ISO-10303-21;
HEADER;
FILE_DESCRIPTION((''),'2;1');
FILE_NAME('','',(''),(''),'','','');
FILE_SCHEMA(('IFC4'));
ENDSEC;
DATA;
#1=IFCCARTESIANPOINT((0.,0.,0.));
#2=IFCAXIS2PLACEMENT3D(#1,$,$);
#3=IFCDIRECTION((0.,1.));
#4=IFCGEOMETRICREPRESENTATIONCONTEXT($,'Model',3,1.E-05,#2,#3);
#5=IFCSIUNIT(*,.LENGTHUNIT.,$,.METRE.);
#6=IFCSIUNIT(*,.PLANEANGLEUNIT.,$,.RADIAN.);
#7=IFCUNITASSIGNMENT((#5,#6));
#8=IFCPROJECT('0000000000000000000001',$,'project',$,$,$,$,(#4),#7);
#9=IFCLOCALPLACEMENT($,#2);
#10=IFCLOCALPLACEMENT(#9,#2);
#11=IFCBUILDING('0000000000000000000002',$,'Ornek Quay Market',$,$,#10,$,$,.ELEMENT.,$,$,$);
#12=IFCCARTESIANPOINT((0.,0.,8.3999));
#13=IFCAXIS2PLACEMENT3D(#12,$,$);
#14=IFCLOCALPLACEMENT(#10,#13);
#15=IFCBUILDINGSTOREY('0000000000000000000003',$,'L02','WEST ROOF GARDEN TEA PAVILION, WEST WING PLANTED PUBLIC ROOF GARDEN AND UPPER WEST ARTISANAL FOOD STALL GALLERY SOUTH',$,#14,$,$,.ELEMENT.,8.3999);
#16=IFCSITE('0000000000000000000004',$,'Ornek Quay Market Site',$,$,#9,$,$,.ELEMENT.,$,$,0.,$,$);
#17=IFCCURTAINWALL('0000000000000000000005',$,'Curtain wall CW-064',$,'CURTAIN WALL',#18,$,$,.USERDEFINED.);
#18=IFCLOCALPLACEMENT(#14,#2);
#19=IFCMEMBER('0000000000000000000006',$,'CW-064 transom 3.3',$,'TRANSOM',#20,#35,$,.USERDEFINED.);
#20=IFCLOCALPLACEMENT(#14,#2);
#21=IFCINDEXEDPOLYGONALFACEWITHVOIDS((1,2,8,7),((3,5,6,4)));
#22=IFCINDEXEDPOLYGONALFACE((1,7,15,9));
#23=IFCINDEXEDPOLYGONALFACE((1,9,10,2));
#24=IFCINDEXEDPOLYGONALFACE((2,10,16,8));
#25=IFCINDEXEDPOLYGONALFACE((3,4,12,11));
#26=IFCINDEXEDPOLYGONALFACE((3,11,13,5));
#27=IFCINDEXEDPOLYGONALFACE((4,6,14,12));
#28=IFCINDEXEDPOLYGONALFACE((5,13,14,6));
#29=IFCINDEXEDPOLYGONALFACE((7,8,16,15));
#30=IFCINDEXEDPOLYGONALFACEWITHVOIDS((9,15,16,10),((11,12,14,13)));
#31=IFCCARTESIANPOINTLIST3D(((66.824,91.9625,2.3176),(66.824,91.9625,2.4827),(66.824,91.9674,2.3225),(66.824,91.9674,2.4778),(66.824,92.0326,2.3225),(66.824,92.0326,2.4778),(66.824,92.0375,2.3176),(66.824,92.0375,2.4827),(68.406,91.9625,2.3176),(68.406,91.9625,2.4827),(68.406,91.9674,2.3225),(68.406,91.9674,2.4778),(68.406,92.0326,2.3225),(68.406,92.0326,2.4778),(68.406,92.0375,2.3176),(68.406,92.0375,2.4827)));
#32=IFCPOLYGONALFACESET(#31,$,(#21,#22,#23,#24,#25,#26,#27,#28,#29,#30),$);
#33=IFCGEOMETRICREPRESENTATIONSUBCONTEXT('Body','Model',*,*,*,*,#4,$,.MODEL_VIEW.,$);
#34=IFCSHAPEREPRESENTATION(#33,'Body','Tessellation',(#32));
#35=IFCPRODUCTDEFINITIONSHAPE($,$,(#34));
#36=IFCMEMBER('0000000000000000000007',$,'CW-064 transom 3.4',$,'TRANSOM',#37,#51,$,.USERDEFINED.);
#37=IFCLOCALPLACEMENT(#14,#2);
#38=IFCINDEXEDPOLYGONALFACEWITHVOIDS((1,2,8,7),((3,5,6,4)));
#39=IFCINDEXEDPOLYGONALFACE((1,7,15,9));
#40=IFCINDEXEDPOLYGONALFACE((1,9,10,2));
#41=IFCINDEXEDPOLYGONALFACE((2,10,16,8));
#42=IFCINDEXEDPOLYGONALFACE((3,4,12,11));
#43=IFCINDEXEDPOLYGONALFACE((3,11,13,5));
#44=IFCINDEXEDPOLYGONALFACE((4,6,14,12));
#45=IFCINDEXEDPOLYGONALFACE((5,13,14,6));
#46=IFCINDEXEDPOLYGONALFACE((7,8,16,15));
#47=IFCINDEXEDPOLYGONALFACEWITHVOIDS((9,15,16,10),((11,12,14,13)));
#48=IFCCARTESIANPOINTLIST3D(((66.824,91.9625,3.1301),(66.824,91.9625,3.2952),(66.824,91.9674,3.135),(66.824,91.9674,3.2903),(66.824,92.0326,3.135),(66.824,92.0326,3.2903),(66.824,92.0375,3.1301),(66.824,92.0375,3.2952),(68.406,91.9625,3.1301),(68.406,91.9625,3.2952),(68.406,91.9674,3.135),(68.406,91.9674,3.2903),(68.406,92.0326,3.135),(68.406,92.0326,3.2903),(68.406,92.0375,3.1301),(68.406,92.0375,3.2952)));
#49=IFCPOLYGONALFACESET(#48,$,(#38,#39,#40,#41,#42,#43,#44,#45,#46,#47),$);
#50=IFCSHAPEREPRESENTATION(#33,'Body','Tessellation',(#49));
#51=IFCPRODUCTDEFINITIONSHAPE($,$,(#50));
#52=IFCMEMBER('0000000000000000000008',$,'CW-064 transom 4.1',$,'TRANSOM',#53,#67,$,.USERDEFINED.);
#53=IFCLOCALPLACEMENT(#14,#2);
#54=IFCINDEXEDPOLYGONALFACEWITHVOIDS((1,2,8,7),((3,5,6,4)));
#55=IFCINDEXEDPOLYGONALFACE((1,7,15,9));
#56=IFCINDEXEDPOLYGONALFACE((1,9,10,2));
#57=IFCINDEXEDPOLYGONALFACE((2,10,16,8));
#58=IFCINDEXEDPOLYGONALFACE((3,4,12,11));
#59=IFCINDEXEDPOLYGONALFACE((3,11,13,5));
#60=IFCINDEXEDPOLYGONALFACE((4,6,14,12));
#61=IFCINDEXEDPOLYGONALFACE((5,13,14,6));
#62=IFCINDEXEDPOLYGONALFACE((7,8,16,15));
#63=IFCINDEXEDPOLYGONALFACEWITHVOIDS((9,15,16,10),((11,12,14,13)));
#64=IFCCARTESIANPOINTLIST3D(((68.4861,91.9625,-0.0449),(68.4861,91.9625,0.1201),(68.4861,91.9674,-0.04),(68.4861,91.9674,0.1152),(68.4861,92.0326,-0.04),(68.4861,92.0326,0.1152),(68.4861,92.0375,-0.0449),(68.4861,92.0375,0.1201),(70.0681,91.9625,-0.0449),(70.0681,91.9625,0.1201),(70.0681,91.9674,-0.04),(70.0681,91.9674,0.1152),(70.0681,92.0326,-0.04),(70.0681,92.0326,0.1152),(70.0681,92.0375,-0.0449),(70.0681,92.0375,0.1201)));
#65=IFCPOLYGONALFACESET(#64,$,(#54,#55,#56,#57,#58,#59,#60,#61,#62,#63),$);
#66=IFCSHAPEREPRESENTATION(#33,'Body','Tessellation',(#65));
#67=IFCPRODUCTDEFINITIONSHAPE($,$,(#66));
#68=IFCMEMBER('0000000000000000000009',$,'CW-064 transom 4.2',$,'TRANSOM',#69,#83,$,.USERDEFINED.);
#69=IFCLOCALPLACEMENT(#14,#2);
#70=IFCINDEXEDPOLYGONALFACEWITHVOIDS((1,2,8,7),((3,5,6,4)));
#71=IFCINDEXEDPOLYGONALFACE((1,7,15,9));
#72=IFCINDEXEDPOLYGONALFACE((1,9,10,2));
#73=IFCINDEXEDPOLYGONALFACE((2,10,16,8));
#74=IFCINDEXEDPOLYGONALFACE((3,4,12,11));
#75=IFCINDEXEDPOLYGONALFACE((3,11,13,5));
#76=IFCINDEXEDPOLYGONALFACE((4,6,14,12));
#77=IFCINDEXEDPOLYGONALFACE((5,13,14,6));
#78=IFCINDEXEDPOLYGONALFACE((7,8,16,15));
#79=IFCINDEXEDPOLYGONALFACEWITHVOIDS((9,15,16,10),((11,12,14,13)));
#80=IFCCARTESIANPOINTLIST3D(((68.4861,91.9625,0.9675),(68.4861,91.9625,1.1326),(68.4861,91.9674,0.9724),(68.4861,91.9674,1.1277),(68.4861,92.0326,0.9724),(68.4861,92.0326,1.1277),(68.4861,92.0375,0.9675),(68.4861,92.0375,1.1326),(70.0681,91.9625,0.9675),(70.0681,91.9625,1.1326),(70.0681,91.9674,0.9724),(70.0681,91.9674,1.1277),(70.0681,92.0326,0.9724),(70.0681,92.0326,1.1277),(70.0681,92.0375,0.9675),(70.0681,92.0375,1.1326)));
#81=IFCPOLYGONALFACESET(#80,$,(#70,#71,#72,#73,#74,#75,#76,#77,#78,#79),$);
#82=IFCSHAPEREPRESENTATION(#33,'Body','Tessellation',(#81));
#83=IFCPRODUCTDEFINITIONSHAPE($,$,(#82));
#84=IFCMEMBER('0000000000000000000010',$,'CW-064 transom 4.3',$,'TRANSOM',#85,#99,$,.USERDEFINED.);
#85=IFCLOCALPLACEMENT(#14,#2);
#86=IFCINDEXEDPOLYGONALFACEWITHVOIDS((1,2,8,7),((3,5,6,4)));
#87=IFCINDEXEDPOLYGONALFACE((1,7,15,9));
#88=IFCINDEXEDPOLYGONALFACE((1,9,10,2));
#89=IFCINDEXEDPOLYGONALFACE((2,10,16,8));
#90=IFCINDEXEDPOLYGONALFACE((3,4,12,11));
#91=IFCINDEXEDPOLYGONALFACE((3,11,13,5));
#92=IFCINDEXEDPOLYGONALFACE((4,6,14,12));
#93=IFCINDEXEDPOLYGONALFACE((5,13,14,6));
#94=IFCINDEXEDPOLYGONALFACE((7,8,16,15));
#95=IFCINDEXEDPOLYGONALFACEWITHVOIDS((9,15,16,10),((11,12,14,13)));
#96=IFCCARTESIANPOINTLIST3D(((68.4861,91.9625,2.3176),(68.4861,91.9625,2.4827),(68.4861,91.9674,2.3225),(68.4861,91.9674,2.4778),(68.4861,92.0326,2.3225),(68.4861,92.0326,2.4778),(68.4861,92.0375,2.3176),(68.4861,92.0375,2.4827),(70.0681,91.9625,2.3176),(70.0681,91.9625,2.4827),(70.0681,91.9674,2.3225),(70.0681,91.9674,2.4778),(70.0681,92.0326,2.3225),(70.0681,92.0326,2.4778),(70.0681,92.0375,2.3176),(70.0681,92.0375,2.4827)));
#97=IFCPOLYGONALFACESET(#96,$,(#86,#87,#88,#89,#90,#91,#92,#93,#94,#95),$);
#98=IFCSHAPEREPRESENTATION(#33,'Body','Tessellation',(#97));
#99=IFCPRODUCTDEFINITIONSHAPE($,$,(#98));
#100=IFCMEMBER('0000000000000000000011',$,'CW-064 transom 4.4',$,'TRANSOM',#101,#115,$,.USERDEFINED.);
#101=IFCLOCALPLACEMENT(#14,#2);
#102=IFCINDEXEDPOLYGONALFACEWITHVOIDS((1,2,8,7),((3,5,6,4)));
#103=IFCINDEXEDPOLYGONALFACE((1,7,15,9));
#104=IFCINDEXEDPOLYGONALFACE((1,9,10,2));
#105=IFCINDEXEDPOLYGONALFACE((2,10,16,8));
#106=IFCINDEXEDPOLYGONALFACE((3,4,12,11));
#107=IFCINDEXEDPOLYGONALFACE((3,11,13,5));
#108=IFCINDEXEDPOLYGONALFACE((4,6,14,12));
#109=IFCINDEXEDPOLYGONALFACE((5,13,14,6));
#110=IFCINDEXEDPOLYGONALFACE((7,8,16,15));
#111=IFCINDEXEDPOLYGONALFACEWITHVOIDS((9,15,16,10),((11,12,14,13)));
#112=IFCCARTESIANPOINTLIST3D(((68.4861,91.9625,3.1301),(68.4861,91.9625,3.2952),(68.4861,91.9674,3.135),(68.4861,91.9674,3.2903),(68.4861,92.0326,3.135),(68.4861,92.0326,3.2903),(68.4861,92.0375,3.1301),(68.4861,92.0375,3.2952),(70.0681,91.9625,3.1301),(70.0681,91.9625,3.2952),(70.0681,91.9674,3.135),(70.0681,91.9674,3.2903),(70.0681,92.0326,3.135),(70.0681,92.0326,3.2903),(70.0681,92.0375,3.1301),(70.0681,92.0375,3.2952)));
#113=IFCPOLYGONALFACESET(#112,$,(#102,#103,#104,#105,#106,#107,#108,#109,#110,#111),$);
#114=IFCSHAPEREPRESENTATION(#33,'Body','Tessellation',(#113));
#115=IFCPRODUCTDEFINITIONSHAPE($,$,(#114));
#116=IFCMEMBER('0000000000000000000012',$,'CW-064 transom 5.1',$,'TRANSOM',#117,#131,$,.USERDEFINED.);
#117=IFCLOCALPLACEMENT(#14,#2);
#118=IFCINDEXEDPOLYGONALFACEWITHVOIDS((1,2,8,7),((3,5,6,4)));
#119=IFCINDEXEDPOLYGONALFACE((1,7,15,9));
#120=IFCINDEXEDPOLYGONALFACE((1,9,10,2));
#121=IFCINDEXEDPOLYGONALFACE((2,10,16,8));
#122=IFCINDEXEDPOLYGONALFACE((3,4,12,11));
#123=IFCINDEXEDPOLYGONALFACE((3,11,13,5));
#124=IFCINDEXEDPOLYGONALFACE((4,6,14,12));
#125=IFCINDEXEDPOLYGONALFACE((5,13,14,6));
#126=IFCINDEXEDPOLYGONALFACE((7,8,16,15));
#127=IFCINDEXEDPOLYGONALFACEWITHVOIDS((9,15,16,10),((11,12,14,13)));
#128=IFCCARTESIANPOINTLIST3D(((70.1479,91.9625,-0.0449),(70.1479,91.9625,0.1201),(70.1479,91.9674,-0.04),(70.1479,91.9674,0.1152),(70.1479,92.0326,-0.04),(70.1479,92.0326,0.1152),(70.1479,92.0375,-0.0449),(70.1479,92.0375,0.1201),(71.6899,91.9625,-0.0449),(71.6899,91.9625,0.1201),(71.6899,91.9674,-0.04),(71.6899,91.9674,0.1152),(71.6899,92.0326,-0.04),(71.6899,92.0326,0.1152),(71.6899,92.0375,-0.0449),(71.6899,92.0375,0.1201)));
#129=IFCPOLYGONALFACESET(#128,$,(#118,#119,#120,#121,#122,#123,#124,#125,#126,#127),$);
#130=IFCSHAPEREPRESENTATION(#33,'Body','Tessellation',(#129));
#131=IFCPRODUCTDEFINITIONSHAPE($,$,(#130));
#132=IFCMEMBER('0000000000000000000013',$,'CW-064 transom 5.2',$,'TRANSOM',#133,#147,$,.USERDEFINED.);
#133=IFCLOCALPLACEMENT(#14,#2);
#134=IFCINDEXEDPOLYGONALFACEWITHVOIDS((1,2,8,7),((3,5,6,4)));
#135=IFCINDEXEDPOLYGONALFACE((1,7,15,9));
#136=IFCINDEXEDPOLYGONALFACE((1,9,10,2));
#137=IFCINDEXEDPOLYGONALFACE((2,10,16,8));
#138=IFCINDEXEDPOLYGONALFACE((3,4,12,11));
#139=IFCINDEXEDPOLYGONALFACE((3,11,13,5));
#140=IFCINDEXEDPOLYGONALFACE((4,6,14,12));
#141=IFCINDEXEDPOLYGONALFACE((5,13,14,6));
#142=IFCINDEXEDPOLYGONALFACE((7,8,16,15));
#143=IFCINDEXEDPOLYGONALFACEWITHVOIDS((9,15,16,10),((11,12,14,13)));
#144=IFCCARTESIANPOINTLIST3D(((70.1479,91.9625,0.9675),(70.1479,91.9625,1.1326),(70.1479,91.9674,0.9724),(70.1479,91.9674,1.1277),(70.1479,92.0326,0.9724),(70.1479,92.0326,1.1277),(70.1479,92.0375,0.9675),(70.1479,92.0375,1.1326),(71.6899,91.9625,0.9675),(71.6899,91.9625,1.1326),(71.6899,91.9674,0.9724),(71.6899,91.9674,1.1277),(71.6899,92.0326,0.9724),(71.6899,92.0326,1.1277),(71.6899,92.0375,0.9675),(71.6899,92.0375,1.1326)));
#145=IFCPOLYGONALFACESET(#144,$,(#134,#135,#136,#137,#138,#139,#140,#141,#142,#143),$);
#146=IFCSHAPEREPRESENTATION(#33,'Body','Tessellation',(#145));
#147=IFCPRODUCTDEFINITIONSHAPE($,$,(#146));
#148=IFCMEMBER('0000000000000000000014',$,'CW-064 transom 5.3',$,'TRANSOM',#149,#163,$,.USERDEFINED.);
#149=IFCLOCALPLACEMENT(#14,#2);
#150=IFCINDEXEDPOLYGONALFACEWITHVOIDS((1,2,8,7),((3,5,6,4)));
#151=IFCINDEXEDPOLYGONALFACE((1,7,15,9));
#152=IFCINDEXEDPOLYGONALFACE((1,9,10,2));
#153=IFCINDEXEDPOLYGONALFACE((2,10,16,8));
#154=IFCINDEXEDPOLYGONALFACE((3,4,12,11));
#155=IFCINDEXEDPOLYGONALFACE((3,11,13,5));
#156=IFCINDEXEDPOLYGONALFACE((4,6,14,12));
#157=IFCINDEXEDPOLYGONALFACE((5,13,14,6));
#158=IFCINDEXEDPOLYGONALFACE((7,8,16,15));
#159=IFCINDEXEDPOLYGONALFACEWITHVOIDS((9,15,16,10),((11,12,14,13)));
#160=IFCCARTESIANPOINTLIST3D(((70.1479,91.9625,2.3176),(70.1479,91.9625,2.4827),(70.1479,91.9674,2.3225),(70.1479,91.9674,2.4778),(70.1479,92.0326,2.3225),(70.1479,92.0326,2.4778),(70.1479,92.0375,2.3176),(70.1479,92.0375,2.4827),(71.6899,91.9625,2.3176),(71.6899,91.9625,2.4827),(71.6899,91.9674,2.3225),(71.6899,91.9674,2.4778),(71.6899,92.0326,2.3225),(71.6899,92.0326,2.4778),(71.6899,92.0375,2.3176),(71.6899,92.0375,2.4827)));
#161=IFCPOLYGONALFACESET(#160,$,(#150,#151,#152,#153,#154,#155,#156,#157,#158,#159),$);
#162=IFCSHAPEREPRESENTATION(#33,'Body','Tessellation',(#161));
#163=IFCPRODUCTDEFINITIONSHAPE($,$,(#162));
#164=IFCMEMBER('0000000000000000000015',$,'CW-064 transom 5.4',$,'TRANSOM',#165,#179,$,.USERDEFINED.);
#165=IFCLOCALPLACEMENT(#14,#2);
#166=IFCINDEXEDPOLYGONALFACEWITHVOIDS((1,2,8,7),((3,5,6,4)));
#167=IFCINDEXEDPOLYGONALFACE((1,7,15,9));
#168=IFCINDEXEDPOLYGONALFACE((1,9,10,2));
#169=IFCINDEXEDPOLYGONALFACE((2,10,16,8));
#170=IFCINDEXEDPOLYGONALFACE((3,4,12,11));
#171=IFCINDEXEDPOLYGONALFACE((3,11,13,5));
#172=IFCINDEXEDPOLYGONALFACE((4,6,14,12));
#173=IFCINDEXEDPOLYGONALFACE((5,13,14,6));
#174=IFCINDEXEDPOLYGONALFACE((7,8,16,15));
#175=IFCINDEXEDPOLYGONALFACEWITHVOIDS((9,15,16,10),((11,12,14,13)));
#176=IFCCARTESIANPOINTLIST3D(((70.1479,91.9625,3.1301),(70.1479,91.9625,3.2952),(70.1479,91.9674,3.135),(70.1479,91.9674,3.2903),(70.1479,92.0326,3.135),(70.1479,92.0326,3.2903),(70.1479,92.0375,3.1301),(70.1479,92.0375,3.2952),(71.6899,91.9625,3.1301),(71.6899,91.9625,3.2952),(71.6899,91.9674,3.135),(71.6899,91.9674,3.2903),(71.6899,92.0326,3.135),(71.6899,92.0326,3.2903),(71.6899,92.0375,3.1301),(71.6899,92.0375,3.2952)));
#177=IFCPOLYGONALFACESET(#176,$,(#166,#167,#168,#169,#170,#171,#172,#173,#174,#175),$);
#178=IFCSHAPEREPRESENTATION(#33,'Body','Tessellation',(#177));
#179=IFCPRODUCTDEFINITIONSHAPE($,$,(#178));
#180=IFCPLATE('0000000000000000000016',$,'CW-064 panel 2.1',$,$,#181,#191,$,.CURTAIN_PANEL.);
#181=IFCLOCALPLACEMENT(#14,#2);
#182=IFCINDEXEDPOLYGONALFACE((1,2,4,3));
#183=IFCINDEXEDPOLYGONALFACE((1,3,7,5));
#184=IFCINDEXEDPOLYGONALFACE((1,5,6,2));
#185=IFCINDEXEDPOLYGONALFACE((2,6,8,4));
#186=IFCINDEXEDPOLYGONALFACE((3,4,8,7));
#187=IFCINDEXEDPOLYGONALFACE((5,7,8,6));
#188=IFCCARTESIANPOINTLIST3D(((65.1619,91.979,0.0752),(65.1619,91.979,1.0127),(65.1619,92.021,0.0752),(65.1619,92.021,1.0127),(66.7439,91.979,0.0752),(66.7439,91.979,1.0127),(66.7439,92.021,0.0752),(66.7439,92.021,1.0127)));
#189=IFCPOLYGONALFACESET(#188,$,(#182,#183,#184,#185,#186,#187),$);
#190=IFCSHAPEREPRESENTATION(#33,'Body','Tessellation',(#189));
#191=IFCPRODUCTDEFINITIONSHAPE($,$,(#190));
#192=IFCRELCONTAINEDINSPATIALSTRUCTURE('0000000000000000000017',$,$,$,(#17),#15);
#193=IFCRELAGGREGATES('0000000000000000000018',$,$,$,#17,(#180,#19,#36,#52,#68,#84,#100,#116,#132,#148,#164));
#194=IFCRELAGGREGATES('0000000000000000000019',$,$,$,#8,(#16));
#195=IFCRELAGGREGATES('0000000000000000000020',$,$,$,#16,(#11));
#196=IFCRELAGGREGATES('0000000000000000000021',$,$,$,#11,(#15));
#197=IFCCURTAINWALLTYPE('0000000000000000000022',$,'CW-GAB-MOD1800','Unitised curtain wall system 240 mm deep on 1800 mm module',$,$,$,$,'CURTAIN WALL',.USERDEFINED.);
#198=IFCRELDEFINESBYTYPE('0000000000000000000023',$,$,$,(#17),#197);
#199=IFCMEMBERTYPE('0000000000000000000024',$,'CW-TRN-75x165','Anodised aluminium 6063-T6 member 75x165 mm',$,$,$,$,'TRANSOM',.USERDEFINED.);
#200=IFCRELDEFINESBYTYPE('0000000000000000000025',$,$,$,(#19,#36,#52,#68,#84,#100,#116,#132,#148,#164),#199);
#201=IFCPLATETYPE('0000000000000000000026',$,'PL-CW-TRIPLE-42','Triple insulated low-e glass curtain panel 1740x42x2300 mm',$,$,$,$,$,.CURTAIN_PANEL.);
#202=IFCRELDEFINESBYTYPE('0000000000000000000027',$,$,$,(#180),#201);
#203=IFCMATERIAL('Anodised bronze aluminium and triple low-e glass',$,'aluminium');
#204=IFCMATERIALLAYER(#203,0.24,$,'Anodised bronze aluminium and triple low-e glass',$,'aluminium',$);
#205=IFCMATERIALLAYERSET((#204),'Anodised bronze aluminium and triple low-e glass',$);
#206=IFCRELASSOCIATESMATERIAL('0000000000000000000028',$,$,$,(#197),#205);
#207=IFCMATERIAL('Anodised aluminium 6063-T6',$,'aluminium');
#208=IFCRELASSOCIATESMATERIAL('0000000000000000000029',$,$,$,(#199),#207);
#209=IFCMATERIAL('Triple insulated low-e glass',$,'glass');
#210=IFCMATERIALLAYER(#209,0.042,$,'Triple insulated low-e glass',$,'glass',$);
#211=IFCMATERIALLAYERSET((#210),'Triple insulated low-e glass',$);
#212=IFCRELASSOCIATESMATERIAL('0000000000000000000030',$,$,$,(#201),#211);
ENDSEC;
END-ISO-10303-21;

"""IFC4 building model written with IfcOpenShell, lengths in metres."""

from ifc_helpers import new_model, si_unit, direction, frame, origin, origin_2d, place, context, subcontext, project, spatial, rectangle, hollow_rectangle, extrude, material, layer, layer_set, material_profile, profile_set, type_object, element, aggregate, save


model = new_model("IFC4")

# Units and contexts
model_context = context("Model", 3, precision=1e-05, world=origin(), true_north=direction((0.0, 1.0)))
body_context = subcontext(model_context, "Body", "Model", "MODEL_VIEW")
ifc_project = project(units=[si_unit("LENGTHUNIT", "METRE"), si_unit("PLANEANGLEUNIT", "RADIAN")], contexts=[model_context])

# Site, building, storey
site_placement = place(None, origin())
site = spatial("IfcSite", under=ifc_project, at=site_placement, Name="Ornek Quay Market Site", CompositionType="ELEMENT", RefElevation=0.0)
building_placement = place(site_placement, origin())
building = spatial("IfcBuilding", under=site, at=building_placement, Name="Ornek Quay Market", CompositionType="ELEMENT")
storey_placement = place(building_placement, frame((0.0, 0.0, 8.3999)))
storey = spatial("IfcBuildingStorey", under=building, at=storey_placement, Name="L02", Description="WEST ROOF GARDEN TEA PAVILION, WEST WING PLANTED PUBLIC ROOF GARDEN AND UPPER WEST ARTISANAL FOOD STALL GALLERY SOUTH", CompositionType="ELEMENT", Elevation=8.3999)

# Curtain wall, members, plate
ifc_material_1 = material(Name="Anodised bronze aluminium and triple low-e glass", Category="aluminium")
ifc_layer_1 = layer(ifc_material_1, 0.24, Name="Anodised bronze aluminium and triple low-e glass", Category="aluminium")
ifc_layer_set_1 = layer_set([ifc_layer_1], Name="Anodised bronze aluminium and triple low-e glass")
curtain_wall_type = type_object("IfcCurtainWallType", Name="CW-GAB-MOD1800", Description="Unitised curtain wall system 240 mm deep on 1800 mm module", ElementType="CURTAIN WALL", PredefinedType="USERDEFINED", material=ifc_layer_set_1)
curtain_wall_placement = place(storey_placement, origin())
curtain_wall = element("IfcCurtainWall", 1, at=curtain_wall_placement, inside=storey, type_object=curtain_wall_type, Name="Curtain wall CW-064", ObjectType="CURTAIN WALL", PredefinedType="USERDEFINED")
ifc_material_2 = material(Name="Anodised aluminium 6063-T6", Category="aluminium")
ifc_material_profile_1 = material_profile(ifc_material_2, hollow_rectangle(XDim=0.075, YDim=0.165, WallThickness=0.0049, at=origin_2d()), Name="CW-TRN-75x165", Category="aluminium")
ifc_profile_set_1 = profile_set([ifc_material_profile_1], Name="Anodised aluminium 6063-T6")
member_type_1 = type_object("IfcMemberType", Name="CW-TRN-75x165", Description="Anodised aluminium 6063-T6 member 75x165 mm", ElementType="TRANSOM", PredefinedType="USERDEFINED", material=ifc_profile_set_1)
member_1_placement = place(storey_placement, frame((66.824, 92.0, 2.4001), z_axis=(1.0, 0.0, 0.0), x_axis=(0.0, 1.0, 0.0)))
member_1 = element("IfcMember", 2, at=member_1_placement, type_object=member_type_1, Name="CW-064 transom 3.3", ObjectType="TRANSOM", PredefinedType="USERDEFINED", context=body_context, shape_type="SweptSolid", body=[
    extrude(hollow_rectangle(XDim=0.075, YDim=0.165, WallThickness=0.0049, at=origin_2d()), origin(), (0.0, 0.0, 1.0), 1.582),
])
member_2_placement = place(storey_placement, frame((66.824, 92.0, 3.2126), z_axis=(1.0, 0.0, 0.0), x_axis=(0.0, 1.0, 0.0)))
member_2 = element("IfcMember", 3, at=member_2_placement, type_object=member_type_1, Name="CW-064 transom 3.4", ObjectType="TRANSOM", PredefinedType="USERDEFINED", context=body_context, shape_type="SweptSolid", body=[
    extrude(hollow_rectangle(XDim=0.075, YDim=0.165, WallThickness=0.0049, at=origin_2d()), origin(), (0.0, 0.0, 1.0), 1.582),
])
member_3_placement = place(storey_placement, frame((68.4861, 92.0, 0.0376), z_axis=(1.0, 0.0, 0.0), x_axis=(0.0, 1.0, 0.0)))
member_3 = element("IfcMember", 4, at=member_3_placement, type_object=member_type_1, Name="CW-064 transom 4.1", ObjectType="TRANSOM", PredefinedType="USERDEFINED", context=body_context, shape_type="SweptSolid", body=[
    extrude(hollow_rectangle(XDim=0.075, YDim=0.165, WallThickness=0.0049, at=origin_2d()), origin(), (0.0, 0.0, 1.0), 1.582),
])
member_4_placement = place(storey_placement, frame((68.4861, 92.0, 1.05), z_axis=(1.0, 0.0, 0.0), x_axis=(0.0, 1.0, 0.0)))
member_4 = element("IfcMember", 5, at=member_4_placement, type_object=member_type_1, Name="CW-064 transom 4.2", ObjectType="TRANSOM", PredefinedType="USERDEFINED", context=body_context, shape_type="SweptSolid", body=[
    extrude(hollow_rectangle(XDim=0.075, YDim=0.165, WallThickness=0.0049, at=origin_2d()), origin(), (0.0, 0.0, 1.0), 1.582),
])
member_5_placement = place(storey_placement, frame((68.4861, 92.0, 2.4001), z_axis=(1.0, 0.0, 0.0), x_axis=(0.0, 1.0, 0.0)))
member_5 = element("IfcMember", 6, at=member_5_placement, type_object=member_type_1, Name="CW-064 transom 4.3", ObjectType="TRANSOM", PredefinedType="USERDEFINED", context=body_context, shape_type="SweptSolid", body=[
    extrude(hollow_rectangle(XDim=0.075, YDim=0.165, WallThickness=0.0049, at=origin_2d()), origin(), (0.0, 0.0, 1.0), 1.582),
])
member_6_placement = place(storey_placement, frame((68.4861, 92.0, 3.2126), z_axis=(1.0, 0.0, 0.0), x_axis=(0.0, 1.0, 0.0)))
member_6 = element("IfcMember", 7, at=member_6_placement, type_object=member_type_1, Name="CW-064 transom 4.4", ObjectType="TRANSOM", PredefinedType="USERDEFINED", context=body_context, shape_type="SweptSolid", body=[
    extrude(hollow_rectangle(XDim=0.075, YDim=0.165, WallThickness=0.0049, at=origin_2d()), origin(), (0.0, 0.0, 1.0), 1.582),
])
member_7_placement = place(storey_placement, frame((70.1479, 92.0, 0.0376), z_axis=(1.0, 0.0, 0.0), x_axis=(0.0, 1.0, 0.0)))
member_7 = element("IfcMember", 8, at=member_7_placement, type_object=member_type_1, Name="CW-064 transom 5.1", ObjectType="TRANSOM", PredefinedType="USERDEFINED", context=body_context, shape_type="SweptSolid", body=[
    extrude(hollow_rectangle(XDim=0.075, YDim=0.165, WallThickness=0.0049, at=origin_2d()), origin(), (0.0, 0.0, 1.0), 1.542),
])
member_8_placement = place(storey_placement, frame((70.1479, 92.0, 1.05), z_axis=(1.0, 0.0, 0.0), x_axis=(0.0, 1.0, 0.0)))
member_8 = element("IfcMember", 9, at=member_8_placement, type_object=member_type_1, Name="CW-064 transom 5.2", ObjectType="TRANSOM", PredefinedType="USERDEFINED", context=body_context, shape_type="SweptSolid", body=[
    extrude(hollow_rectangle(XDim=0.075, YDim=0.165, WallThickness=0.0049, at=origin_2d()), origin(), (0.0, 0.0, 1.0), 1.542),
])
member_9_placement = place(storey_placement, frame((70.1479, 92.0, 2.4001), z_axis=(1.0, 0.0, 0.0), x_axis=(0.0, 1.0, 0.0)))
member_9 = element("IfcMember", 10, at=member_9_placement, type_object=member_type_1, Name="CW-064 transom 5.3", ObjectType="TRANSOM", PredefinedType="USERDEFINED", context=body_context, shape_type="SweptSolid", body=[
    extrude(hollow_rectangle(XDim=0.075, YDim=0.165, WallThickness=0.0049, at=origin_2d()), origin(), (0.0, 0.0, 1.0), 1.542),
])
member_10_placement = place(storey_placement, frame((70.1479, 92.0, 3.2126), z_axis=(1.0, 0.0, 0.0), x_axis=(0.0, 1.0, 0.0)))
member_10 = element("IfcMember", 11, at=member_10_placement, type_object=member_type_1, Name="CW-064 transom 5.4", ObjectType="TRANSOM", PredefinedType="USERDEFINED", context=body_context, shape_type="SweptSolid", body=[
    extrude(hollow_rectangle(XDim=0.075, YDim=0.165, WallThickness=0.0049, at=origin_2d()), origin(), (0.0, 0.0, 1.0), 1.542),
])
ifc_material_3 = material(Name="Triple insulated low-e glass", Category="glass")
ifc_layer_2 = layer(ifc_material_3, 0.042, Name="Triple insulated low-e glass", Category="glass")
ifc_layer_set_2 = layer_set([ifc_layer_2], Name="Triple insulated low-e glass")
plate_type = type_object("IfcPlateType", Name="PL-CW-TRIPLE-42", Description="Triple insulated low-e glass curtain panel 1740x42x2300 mm", PredefinedType="CURTAIN_PANEL", material=ifc_layer_set_2)
plate_1_placement = place(storey_placement, frame((65.9529, 92.0, 0.0752), z_axis=(0.0, 0.0, 1.0), x_axis=(1.0, 0.0, 0.0)))
plate_1 = element("IfcPlate", 12, at=plate_1_placement, type_object=plate_type, Name="CW-064 panel 2.1", PredefinedType="CURTAIN_PANEL", context=body_context, shape_type="SweptSolid", body=[
    extrude(rectangle(XDim=1.582, YDim=0.042, at=origin_2d()), origin(), (0.0, 0.0, 1.0), 0.9375),
])
aggregate(curtain_wall, [plate_1, member_1, member_2, member_3, member_4, member_5, member_6, member_7, member_8, member_9, member_10])

save(model, "model.ifc")
